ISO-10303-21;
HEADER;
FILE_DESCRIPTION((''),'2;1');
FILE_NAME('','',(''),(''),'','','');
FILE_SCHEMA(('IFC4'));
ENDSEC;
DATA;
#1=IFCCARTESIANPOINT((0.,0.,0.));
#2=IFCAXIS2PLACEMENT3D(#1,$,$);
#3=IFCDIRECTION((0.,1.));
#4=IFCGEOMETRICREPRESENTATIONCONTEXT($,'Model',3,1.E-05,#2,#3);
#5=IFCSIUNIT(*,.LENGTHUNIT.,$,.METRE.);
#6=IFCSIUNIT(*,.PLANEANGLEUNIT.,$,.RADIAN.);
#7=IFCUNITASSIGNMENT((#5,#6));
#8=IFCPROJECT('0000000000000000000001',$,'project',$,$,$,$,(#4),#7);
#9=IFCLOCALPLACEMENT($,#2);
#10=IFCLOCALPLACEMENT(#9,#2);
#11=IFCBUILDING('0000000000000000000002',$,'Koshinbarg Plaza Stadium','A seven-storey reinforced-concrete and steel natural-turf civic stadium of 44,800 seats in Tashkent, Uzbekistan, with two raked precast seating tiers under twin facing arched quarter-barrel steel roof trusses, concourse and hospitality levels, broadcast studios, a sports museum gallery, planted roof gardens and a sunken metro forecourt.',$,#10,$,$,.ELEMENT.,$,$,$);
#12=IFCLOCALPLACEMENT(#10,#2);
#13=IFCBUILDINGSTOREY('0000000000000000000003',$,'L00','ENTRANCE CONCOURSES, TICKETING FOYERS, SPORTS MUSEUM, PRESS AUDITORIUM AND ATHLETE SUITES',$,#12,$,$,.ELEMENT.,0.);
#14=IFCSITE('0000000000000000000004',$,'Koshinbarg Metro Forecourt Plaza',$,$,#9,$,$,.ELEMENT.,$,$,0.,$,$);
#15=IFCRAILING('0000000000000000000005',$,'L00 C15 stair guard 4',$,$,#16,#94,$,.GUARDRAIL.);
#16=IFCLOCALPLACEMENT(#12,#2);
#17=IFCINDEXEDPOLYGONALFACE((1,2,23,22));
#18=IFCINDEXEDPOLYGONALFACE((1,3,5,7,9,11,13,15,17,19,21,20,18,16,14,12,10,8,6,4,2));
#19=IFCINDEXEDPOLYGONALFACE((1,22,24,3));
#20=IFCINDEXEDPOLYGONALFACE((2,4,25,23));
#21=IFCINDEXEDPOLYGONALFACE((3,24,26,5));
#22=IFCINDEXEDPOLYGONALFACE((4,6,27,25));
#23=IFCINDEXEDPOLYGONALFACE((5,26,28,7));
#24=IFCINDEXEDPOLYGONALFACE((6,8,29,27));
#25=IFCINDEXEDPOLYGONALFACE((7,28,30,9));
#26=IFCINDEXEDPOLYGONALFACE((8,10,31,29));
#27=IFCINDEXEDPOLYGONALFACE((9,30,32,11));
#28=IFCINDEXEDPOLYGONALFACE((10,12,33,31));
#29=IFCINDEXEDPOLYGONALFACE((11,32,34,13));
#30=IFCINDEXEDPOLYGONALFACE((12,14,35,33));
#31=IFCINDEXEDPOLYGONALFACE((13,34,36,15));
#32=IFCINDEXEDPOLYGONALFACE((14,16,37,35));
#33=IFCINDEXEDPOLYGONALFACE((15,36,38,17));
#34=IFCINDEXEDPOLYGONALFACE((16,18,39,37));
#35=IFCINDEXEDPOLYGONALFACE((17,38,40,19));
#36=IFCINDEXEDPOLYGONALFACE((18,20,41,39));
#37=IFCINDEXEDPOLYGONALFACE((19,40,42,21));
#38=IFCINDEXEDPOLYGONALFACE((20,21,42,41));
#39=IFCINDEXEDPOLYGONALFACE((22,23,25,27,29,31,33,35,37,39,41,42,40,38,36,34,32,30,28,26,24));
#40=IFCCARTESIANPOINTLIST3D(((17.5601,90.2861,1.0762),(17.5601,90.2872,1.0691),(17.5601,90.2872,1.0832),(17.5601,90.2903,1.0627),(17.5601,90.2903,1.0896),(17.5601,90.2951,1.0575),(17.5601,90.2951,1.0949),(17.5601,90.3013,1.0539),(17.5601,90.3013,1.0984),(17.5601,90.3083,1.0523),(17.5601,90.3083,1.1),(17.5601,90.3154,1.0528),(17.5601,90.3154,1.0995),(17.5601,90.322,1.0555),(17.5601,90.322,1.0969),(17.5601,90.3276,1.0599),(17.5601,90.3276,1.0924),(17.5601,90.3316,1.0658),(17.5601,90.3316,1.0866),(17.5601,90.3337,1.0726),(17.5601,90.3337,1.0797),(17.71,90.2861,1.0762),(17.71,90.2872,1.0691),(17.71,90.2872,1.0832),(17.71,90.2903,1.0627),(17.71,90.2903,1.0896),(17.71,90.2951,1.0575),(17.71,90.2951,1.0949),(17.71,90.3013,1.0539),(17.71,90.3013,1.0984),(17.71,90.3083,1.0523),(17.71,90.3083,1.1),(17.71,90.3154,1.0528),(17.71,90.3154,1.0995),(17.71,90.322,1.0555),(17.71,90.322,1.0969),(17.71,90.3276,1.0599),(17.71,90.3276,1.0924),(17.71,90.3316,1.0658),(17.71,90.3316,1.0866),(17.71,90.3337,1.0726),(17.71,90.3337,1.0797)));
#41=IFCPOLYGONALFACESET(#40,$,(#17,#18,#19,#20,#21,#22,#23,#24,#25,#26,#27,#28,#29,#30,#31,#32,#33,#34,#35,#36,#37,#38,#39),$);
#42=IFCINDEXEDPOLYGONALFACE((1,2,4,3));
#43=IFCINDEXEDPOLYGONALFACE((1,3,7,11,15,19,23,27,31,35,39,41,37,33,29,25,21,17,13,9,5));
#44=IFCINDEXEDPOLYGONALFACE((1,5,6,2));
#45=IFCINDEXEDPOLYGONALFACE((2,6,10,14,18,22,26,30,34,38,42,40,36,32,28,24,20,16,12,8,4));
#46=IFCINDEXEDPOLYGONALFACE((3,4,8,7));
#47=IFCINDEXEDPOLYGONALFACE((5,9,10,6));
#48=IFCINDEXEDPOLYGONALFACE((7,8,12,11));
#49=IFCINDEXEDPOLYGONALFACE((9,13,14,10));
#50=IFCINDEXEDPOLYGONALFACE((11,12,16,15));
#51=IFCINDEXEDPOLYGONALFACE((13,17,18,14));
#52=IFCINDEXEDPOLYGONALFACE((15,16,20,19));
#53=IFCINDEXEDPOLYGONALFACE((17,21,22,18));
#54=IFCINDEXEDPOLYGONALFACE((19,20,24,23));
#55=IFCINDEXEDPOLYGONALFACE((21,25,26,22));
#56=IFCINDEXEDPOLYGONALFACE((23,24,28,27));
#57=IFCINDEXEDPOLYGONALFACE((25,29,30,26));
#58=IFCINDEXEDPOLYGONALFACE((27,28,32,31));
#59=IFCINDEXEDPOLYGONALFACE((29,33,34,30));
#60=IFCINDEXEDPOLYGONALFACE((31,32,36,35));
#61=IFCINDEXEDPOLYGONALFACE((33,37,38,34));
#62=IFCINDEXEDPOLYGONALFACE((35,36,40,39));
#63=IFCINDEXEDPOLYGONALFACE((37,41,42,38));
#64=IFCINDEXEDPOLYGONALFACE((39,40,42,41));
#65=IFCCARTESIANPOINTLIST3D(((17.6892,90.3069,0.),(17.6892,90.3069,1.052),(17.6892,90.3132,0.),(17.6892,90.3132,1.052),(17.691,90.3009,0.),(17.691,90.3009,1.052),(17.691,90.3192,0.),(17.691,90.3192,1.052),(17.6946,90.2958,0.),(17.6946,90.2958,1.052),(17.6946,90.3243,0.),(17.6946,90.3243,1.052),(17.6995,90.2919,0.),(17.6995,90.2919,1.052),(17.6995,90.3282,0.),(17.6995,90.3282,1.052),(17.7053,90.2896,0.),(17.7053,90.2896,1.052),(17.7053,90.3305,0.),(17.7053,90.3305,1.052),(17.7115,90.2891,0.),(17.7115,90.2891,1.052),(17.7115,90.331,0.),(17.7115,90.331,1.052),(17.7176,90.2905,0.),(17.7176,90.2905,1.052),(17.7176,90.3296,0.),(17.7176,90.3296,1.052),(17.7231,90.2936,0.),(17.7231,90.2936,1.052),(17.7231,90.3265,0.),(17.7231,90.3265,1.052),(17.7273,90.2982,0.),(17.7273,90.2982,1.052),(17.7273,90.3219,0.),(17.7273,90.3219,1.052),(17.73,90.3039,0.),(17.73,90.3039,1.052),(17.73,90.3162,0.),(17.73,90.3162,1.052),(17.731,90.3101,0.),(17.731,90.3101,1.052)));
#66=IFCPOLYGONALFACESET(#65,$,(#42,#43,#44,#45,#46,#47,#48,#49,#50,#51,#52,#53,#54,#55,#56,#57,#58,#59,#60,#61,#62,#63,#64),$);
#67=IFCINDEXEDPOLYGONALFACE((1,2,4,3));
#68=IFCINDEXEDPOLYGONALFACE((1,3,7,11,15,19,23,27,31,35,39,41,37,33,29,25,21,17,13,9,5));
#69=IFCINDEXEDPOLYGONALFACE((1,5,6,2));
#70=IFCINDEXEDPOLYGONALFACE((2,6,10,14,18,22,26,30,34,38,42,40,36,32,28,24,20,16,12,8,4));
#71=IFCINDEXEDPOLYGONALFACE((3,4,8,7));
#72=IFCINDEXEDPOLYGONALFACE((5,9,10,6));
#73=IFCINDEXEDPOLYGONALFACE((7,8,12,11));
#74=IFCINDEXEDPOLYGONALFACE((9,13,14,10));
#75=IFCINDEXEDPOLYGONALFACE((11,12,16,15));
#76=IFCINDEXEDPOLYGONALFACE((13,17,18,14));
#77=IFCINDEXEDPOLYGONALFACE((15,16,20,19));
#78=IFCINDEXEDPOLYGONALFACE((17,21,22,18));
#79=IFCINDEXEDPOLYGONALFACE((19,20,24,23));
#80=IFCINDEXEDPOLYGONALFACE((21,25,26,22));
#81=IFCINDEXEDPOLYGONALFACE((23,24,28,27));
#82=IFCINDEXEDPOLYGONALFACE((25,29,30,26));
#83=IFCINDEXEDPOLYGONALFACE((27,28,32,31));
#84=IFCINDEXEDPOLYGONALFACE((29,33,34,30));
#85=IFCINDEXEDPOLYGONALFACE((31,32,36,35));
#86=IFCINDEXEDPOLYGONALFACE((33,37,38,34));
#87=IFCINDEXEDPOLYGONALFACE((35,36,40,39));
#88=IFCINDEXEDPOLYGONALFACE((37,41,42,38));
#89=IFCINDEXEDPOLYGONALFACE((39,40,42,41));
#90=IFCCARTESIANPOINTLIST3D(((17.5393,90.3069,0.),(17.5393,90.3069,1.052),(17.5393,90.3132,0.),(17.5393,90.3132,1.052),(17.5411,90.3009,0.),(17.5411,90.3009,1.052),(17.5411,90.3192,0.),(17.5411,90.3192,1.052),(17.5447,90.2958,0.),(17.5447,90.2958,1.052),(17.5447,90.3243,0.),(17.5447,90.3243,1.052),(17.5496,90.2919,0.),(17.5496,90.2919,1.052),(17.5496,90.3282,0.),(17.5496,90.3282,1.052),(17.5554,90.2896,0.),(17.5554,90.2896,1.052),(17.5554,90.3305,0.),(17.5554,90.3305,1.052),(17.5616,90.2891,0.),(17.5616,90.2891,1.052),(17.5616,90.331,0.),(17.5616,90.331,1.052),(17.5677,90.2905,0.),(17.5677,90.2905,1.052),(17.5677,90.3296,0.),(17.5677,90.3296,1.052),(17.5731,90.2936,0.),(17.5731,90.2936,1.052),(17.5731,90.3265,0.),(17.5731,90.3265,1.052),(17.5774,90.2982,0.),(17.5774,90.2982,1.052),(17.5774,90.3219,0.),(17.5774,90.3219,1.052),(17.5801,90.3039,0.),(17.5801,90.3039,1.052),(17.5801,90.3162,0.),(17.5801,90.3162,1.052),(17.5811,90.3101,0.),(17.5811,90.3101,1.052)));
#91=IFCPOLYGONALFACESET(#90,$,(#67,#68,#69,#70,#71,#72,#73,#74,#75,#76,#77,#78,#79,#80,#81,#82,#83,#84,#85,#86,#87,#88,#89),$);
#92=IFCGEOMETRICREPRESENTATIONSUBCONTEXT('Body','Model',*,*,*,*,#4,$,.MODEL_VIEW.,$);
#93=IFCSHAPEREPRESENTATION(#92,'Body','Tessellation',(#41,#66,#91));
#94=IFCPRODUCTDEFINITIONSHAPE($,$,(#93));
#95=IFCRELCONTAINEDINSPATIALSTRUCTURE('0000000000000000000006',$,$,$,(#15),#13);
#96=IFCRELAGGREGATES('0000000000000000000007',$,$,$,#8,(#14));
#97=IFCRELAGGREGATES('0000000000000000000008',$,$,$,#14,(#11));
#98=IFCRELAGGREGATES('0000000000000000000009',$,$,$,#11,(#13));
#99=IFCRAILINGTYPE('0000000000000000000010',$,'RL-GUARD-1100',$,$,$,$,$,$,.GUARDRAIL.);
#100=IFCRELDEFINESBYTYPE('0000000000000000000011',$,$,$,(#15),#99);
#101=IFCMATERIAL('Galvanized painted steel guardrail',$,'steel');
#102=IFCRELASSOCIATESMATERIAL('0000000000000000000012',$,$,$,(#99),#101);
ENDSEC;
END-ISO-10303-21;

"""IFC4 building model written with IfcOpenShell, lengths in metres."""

from ifc_helpers import new_model, si_unit, direction, frame, origin, origin_2d, place, context, subcontext, project, spatial, circle, extrude, material, type_object, element, save


model = new_model("IFC4")

# Units and contexts
model_context = context("Model", 3, precision=1e-05, world=origin(), true_north=direction((0.0, 1.0)))
body_context = subcontext(model_context, "Body", "Model", "MODEL_VIEW")
ifc_project = project(units=[si_unit("LENGTHUNIT", "METRE"), si_unit("PLANEANGLEUNIT", "RADIAN")], contexts=[model_context])

# Site, building, storey
site_placement = place(None, origin())
site = spatial("IfcSite", under=ifc_project, at=site_placement, Name="Koshinbarg Metro Forecourt Plaza", CompositionType="ELEMENT", RefElevation=0.0)
building_placement = place(site_placement, origin())
building = spatial("IfcBuilding", under=site, at=building_placement, Name="Koshinbarg Plaza Stadium", Description="A seven-storey reinforced-concrete and steel natural-turf civic stadium of 44,800 seats in Tashkent, Uzbekistan, with two raked precast seating tiers under twin facing arched quarter-barrel steel roof trusses, concourse and hospitality levels, broadcast studios, a sports museum gallery, planted roof gardens and a sunken metro forecourt.", CompositionType="ELEMENT")
storey_placement = place(building_placement, origin())
storey = spatial("IfcBuildingStorey", under=building, at=storey_placement, Name="L00", Description="ENTRANCE CONCOURSES, TICKETING FOYERS, SPORTS MUSEUM, PRESS AUDITORIUM AND ATHLETE SUITES", CompositionType="ELEMENT", Elevation=0.0)

# Railing
ifc_material_1 = material(Name="Galvanized painted steel guardrail", Category="steel")
railing_type_1 = type_object("IfcRailingType", Name="RL-GUARD-1100", PredefinedType="GUARDRAIL", material=ifc_material_1)
railing_1_placement = place(storey_placement, frame((17.71, 90.3101, 0.0)))
element("IfcRailing", 1, at=railing_1_placement, inside=storey, type_object=railing_type_1, Name="L00 C15 stair guard 4", PredefinedType="GUARDRAIL", context=body_context, shape_type="SweptSolid", body=[
    extrude(circle(Radius=0.0239, at=origin_2d()), frame((0.0, 0.0, 1.0762), z_axis=(-1.0, 0.0, 0.0), x_axis=(0.0, -1.0, 0.0)), (0.0, 0.0, 1.0), 0.1499),
    extrude(circle(Radius=0.021, at=origin_2d()), origin(), (0.0, 0.0, 1.0), 1.052),
    extrude(circle(Radius=0.021, at=origin_2d()), frame((-0.1499, 0.0, 0.0)), (0.0, 0.0, 1.0), 1.052),
])

save(model, "model.ifc")
